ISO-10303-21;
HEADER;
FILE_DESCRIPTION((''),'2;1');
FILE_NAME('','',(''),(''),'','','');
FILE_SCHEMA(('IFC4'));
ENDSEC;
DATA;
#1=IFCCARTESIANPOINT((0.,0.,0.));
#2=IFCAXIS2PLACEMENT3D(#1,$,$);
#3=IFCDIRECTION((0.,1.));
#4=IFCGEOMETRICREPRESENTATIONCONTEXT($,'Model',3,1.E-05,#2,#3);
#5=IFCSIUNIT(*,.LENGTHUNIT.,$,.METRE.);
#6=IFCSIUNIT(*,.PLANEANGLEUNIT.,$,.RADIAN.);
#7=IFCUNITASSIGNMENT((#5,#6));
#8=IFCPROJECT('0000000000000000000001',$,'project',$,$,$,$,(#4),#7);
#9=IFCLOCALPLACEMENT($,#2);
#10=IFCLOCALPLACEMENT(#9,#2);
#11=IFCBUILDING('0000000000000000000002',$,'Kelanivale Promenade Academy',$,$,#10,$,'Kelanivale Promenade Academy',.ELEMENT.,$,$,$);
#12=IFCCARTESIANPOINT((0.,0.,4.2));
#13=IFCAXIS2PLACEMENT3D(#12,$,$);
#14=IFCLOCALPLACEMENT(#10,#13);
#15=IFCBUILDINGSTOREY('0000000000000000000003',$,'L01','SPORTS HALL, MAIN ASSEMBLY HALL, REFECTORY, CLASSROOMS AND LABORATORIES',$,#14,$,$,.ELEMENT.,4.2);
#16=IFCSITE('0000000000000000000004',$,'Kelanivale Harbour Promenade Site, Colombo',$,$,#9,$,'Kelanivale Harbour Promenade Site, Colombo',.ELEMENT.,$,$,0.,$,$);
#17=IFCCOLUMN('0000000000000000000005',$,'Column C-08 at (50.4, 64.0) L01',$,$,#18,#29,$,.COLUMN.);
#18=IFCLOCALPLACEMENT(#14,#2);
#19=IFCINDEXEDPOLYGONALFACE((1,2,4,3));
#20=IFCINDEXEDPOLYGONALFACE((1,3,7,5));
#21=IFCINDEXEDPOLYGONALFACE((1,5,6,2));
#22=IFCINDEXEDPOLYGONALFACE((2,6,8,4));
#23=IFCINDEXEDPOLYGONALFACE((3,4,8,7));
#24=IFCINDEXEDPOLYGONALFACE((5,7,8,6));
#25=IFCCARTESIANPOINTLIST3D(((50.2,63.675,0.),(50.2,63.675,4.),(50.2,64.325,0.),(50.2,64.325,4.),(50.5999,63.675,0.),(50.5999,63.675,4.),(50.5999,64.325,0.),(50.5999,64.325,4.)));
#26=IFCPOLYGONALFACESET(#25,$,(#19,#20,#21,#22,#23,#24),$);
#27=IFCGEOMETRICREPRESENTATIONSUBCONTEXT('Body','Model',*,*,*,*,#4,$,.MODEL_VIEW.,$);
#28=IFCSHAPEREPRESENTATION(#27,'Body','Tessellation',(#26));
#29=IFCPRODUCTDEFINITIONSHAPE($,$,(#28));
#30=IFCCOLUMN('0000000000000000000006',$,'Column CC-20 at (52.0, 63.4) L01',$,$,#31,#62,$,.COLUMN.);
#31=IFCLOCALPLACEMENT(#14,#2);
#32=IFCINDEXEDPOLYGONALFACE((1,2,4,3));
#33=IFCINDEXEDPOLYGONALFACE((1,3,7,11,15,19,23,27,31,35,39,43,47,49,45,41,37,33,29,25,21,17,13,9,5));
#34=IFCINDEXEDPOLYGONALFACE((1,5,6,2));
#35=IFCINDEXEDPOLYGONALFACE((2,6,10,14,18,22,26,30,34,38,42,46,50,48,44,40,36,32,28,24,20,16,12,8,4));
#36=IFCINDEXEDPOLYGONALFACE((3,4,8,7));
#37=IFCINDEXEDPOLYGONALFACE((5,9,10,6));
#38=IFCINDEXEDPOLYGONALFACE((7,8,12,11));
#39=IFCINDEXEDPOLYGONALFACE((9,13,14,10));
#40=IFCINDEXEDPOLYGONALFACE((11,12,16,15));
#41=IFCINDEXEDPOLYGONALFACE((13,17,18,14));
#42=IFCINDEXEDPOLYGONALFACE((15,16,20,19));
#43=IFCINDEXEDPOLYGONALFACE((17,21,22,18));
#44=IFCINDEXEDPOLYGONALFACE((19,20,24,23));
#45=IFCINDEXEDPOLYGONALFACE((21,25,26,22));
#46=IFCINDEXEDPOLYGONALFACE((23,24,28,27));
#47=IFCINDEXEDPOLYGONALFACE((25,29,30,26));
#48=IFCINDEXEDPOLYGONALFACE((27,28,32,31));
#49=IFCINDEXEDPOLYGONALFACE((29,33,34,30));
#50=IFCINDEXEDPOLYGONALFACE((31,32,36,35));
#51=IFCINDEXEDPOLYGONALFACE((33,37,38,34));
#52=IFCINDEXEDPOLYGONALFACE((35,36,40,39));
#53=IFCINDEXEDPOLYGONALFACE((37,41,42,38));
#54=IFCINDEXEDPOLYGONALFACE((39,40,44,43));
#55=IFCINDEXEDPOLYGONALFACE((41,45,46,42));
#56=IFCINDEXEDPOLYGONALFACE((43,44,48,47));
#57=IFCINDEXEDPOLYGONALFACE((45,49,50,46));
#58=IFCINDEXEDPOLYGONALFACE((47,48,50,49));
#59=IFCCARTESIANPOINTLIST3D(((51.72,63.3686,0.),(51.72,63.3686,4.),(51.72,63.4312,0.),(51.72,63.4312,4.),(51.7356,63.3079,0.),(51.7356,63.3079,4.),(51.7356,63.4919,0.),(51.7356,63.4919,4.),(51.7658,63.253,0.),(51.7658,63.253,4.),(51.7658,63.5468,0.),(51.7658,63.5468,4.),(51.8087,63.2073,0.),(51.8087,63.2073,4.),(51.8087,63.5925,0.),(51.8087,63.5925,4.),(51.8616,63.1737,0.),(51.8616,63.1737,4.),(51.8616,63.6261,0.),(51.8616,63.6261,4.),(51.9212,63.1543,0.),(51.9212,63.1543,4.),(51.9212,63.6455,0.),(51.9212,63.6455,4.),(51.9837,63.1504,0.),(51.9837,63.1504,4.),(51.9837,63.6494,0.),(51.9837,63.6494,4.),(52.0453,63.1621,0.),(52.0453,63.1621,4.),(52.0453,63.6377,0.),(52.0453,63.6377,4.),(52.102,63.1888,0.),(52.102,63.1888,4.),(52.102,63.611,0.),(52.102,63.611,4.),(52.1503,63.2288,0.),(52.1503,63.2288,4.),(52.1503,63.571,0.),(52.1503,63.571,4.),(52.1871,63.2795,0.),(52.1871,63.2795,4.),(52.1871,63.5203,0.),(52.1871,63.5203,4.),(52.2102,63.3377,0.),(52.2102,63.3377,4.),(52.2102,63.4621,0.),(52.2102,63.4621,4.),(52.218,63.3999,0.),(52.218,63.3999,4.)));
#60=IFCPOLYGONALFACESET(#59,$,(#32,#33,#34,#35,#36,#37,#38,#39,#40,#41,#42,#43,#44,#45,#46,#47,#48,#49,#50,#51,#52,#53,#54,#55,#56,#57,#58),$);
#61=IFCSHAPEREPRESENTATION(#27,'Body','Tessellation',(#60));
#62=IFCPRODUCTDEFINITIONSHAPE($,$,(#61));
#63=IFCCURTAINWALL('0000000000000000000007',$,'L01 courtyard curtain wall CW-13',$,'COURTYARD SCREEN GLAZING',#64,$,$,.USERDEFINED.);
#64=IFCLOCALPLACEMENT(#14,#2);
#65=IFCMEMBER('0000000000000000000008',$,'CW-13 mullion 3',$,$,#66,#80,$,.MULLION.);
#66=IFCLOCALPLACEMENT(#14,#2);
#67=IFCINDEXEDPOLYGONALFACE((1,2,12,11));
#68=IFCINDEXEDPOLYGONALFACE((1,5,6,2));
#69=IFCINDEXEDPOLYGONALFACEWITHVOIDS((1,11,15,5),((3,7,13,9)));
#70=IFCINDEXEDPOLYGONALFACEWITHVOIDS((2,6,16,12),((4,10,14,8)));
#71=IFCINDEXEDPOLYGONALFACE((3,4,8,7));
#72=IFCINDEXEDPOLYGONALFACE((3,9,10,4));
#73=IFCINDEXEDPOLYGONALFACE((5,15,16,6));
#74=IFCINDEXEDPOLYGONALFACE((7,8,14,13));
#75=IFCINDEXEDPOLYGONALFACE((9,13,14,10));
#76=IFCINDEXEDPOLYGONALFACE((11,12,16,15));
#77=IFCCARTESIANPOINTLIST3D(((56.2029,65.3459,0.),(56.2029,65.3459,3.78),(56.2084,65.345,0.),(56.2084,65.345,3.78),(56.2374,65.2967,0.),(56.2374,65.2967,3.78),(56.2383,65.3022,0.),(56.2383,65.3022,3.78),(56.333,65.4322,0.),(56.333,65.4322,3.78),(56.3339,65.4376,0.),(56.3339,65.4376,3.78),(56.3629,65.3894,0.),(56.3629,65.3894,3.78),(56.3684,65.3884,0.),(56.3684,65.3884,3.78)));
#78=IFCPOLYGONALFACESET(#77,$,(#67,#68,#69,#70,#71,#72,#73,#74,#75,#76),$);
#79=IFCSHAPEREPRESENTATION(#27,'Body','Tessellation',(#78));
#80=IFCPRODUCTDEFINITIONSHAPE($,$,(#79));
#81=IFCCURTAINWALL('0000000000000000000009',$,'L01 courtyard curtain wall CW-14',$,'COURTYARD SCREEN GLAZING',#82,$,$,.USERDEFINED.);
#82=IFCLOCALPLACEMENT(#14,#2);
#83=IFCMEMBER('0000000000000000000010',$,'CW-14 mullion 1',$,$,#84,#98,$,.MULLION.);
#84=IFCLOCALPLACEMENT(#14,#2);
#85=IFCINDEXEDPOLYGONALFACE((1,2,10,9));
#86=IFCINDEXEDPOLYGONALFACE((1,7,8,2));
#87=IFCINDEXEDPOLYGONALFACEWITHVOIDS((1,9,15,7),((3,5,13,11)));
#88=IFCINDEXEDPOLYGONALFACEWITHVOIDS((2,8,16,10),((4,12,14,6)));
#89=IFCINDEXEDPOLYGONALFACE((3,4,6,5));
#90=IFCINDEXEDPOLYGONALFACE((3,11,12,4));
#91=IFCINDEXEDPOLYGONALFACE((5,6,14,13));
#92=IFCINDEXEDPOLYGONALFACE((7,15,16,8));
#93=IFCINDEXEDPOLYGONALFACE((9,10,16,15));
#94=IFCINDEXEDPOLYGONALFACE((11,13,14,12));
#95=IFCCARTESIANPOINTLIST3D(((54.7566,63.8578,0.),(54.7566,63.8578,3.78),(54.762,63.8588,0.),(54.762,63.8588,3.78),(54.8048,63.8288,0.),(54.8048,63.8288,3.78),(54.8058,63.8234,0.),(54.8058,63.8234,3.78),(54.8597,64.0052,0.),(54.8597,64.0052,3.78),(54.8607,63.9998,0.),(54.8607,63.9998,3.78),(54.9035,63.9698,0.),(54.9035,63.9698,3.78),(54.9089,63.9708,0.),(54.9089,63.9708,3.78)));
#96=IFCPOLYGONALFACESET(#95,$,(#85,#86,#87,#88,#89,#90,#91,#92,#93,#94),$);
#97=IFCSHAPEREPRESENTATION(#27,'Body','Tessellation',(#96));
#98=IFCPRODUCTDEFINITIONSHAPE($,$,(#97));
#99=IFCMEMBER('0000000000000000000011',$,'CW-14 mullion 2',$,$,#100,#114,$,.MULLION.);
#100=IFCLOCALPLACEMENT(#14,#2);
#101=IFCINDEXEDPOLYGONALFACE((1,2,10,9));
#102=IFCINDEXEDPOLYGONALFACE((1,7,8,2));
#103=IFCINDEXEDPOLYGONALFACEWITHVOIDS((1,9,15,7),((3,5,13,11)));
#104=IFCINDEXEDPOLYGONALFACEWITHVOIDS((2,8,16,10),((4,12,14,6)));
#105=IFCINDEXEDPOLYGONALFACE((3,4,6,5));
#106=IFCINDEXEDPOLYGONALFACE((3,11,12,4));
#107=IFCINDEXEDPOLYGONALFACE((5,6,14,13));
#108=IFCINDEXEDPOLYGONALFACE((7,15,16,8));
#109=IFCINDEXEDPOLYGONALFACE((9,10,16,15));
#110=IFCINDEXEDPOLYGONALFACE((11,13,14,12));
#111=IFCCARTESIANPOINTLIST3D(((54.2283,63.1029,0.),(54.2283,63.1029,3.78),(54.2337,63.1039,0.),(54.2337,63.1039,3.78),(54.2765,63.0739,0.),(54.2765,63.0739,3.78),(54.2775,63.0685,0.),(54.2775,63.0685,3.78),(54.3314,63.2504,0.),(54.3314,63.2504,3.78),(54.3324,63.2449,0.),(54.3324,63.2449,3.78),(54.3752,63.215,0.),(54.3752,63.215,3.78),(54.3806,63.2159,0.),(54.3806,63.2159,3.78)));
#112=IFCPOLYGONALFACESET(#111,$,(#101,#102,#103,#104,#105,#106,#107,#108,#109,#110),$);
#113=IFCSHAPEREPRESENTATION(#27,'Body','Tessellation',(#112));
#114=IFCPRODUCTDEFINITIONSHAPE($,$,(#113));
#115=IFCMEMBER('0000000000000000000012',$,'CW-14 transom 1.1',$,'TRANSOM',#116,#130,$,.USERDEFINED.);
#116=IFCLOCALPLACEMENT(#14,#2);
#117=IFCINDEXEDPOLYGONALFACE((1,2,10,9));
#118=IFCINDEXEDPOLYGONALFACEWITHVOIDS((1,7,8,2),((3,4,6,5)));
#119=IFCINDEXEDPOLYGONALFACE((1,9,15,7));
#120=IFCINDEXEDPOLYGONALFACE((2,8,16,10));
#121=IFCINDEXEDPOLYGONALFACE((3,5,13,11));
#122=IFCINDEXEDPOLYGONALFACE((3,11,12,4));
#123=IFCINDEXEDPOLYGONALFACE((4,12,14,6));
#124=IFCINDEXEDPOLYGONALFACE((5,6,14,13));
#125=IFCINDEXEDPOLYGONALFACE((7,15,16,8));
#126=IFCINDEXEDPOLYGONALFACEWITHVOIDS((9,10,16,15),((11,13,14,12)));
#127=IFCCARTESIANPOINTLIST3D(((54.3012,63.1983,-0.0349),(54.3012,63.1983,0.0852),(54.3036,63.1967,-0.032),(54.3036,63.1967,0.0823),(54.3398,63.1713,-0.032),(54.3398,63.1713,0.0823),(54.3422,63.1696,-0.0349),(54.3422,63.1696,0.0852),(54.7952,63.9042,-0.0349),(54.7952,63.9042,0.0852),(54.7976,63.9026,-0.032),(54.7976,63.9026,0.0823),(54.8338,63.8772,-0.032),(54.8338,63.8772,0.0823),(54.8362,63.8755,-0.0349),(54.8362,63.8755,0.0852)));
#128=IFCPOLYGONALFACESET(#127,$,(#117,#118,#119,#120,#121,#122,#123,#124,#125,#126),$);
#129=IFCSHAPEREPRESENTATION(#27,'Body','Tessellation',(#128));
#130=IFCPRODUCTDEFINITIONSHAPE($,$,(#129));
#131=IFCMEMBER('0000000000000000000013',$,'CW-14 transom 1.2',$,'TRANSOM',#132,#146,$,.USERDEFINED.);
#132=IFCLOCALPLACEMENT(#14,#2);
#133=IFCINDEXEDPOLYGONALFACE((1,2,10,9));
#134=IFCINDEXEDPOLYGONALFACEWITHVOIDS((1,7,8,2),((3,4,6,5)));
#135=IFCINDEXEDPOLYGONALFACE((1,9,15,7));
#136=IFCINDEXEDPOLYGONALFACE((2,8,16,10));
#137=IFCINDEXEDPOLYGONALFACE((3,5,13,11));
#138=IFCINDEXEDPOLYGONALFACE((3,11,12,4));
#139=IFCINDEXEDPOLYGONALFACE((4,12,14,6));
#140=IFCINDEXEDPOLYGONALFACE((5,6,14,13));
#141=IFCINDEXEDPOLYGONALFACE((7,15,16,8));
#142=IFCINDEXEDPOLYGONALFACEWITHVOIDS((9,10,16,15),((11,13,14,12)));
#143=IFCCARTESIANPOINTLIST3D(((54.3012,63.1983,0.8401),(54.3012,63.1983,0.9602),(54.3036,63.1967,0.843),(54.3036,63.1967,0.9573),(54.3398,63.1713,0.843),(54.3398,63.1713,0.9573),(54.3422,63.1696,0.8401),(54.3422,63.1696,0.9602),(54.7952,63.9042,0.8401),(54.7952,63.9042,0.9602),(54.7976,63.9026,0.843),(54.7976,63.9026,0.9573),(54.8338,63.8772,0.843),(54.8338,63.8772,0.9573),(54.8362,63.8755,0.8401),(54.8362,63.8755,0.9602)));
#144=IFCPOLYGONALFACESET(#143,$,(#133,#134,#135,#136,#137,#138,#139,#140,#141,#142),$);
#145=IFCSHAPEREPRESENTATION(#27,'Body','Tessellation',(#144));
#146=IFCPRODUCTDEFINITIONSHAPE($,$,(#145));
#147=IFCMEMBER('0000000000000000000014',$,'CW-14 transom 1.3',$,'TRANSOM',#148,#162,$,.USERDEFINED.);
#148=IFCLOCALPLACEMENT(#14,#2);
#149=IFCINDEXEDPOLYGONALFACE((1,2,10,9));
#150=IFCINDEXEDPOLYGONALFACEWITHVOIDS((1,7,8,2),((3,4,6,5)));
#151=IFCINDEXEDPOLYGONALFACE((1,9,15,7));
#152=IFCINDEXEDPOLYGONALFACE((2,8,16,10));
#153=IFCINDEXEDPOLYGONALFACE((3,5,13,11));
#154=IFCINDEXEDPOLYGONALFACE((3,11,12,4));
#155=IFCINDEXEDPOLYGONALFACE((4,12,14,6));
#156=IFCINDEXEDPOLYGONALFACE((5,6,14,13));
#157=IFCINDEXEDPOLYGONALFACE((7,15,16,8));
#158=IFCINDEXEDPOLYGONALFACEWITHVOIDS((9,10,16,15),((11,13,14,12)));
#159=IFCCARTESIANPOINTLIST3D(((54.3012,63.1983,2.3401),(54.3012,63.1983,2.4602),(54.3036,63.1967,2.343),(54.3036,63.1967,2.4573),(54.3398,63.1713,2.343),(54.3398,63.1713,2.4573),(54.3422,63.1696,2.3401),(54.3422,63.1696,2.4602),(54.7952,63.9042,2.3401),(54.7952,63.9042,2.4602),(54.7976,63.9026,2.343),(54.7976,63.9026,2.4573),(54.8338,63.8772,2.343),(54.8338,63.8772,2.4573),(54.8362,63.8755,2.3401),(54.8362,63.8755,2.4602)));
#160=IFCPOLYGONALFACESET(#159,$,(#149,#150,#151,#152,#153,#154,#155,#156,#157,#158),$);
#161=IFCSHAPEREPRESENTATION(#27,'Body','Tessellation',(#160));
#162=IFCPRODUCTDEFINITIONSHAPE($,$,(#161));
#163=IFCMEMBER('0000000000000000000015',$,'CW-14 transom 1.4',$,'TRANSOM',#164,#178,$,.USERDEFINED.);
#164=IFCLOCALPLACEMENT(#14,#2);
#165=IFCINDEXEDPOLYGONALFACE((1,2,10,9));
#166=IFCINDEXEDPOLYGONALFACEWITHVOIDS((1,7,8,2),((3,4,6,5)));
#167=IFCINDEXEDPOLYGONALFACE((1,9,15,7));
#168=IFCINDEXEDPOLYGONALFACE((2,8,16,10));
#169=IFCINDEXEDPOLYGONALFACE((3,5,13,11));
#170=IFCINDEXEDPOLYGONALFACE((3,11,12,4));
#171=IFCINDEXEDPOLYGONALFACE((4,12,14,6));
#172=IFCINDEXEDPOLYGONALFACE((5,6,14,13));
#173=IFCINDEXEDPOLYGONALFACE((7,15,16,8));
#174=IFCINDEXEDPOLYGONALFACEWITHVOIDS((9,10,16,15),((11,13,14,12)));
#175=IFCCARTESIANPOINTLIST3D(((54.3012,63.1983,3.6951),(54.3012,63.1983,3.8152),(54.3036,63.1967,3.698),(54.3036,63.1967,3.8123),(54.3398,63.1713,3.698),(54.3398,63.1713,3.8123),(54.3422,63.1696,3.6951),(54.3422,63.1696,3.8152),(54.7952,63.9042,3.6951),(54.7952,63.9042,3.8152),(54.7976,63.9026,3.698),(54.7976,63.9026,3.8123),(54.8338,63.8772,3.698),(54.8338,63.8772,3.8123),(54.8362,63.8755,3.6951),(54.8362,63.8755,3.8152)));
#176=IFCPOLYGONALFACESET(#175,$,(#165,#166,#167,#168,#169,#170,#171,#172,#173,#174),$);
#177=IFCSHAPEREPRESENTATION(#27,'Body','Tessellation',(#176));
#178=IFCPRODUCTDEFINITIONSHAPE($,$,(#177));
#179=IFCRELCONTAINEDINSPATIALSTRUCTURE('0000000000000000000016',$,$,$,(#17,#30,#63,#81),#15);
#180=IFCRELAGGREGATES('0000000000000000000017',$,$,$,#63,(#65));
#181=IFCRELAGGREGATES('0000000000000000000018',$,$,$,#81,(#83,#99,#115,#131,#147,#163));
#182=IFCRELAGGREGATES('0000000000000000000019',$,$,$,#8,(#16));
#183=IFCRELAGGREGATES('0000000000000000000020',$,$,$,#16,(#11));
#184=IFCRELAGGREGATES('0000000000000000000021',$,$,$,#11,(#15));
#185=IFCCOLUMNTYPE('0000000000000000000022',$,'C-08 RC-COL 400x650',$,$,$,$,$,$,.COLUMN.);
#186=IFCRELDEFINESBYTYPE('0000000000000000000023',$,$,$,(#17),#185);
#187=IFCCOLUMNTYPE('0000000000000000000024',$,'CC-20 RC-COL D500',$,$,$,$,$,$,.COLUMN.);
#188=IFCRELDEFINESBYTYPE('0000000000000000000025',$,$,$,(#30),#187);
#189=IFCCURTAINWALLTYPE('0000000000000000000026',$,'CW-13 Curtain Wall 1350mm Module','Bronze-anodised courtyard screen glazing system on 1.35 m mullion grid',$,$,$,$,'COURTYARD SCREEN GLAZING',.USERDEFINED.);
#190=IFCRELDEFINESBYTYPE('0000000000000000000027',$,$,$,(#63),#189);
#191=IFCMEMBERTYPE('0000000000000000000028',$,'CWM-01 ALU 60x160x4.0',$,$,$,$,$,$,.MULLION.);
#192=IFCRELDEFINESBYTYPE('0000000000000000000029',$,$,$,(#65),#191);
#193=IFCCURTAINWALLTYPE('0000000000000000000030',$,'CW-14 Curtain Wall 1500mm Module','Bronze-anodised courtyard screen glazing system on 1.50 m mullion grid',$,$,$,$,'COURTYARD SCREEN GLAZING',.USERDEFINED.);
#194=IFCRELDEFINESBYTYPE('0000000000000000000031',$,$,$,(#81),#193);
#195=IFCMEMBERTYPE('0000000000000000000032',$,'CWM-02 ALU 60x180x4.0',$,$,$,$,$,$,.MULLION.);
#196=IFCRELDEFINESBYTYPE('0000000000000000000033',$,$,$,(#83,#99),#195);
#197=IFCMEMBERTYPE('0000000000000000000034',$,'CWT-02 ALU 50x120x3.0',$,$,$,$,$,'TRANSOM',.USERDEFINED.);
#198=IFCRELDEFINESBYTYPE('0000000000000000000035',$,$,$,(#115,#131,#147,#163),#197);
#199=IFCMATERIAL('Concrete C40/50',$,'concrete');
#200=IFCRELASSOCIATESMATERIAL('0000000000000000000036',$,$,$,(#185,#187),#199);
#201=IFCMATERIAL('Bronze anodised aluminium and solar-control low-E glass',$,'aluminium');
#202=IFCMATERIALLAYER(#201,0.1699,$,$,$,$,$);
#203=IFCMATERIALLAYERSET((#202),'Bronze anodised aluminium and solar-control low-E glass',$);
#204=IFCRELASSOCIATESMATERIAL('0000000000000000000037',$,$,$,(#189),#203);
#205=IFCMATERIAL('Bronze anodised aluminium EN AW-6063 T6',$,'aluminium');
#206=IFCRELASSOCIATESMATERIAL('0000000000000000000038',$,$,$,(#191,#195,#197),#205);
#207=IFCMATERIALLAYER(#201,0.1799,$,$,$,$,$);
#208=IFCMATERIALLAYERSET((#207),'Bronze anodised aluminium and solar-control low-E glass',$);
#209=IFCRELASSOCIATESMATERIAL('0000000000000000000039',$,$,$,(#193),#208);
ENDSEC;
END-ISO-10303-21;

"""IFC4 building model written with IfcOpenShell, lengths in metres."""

from ifc_helpers import new_model, si_unit, direction, frame, origin, origin_2d, place, context, subcontext, project, spatial, rectangle, hollow_rectangle, circle, extrude, material, layer, layer_set, material_profile, profile_set, type_object, element, aggregate, save


model = new_model("IFC4")

# Units and contexts
model_context = context("Model", 3, precision=1e-05, world=origin(), true_north=direction((0.0, 1.0)))
body_context = subcontext(model_context, "Body", "Model", "MODEL_VIEW")
ifc_project = project(units=[si_unit("LENGTHUNIT", "METRE"), si_unit("PLANEANGLEUNIT", "RADIAN")], contexts=[model_context])

# Site, building, storey
site_placement = place(None, origin())
site = spatial("IfcSite", under=ifc_project, at=site_placement, Name="Kelanivale Harbour Promenade Site, Colombo", LongName="Kelanivale Harbour Promenade Site, Colombo", CompositionType="ELEMENT", RefElevation=0.0)
building_placement = place(site_placement, origin())
building = spatial("IfcBuilding", under=site, at=building_placement, Name="Kelanivale Promenade Academy", LongName="Kelanivale Promenade Academy", CompositionType="ELEMENT")
storey_placement = place(building_placement, frame((0.0, 0.0, 4.2)))
storey = spatial("IfcBuildingStorey", under=building, at=storey_placement, Name="L01", Description="SPORTS HALL, MAIN ASSEMBLY HALL, REFECTORY, CLASSROOMS AND LABORATORIES", CompositionType="ELEMENT", Elevation=4.2)

# Columns
ifc_material_1 = material(Name="Concrete C40/50", Category="concrete")
ifc_material_profile_1 = material_profile(ifc_material_1, rectangle(XDim=0.3999, YDim=0.6499, at=origin_2d()), Name="RC-COL 400x650")
ifc_profile_set_1 = profile_set([ifc_material_profile_1], Name="Concrete C40/50")
column_type_1 = type_object("IfcColumnType", Name="C-08 RC-COL 400x650", PredefinedType="COLUMN", material=ifc_profile_set_1)
column_1_placement = place(storey_placement, frame((50.3999, 64.0, 0.0), z_axis=(0.0, 0.0, 1.0), x_axis=(1.0, 0.0, 0.0)))
element("IfcColumn", 1, at=column_1_placement, inside=storey, type_object=column_type_1, Name="Column C-08 at (50.4, 64.0) L01", PredefinedType="COLUMN", context=body_context, shape_type="SweptSolid", body=[
    extrude(rectangle(XDim=0.3999, YDim=0.6499, at=origin_2d()), origin(), (0.0, 0.0, 1.0), 4.0),
])
ifc_material_profile_2 = material_profile(ifc_material_1, circle(Radius=0.25, at=origin_2d()), Name="RC-COL D500")
ifc_profile_set_2 = profile_set([ifc_material_profile_2], Name="Concrete C40/50")
column_type_2 = type_object("IfcColumnType", Name="CC-20 RC-COL D500", PredefinedType="COLUMN", material=ifc_profile_set_2)
column_2_placement = place(storey_placement, frame((51.968, 63.3999, 0.0), z_axis=(0.0, 0.0, 1.0), x_axis=(1.0, 0.0, 0.0)))
element("IfcColumn", 2, at=column_2_placement, inside=storey, type_object=column_type_2, Name="Column CC-20 at (52.0, 63.4) L01", PredefinedType="COLUMN", context=body_context, shape_type="SweptSolid", body=[
    extrude(circle(Radius=0.25, at=origin_2d()), origin(), (0.0, 0.0, 1.0), 4.0),
])

# Curtain wall, member
ifc_material_2 = material(Name="Bronze anodised aluminium and solar-control low-E glass", Category="aluminium")
ifc_layer_1 = layer(ifc_material_2, 0.1699)
ifc_layer_set_1 = layer_set([ifc_layer_1], Name="Bronze anodised aluminium and solar-control low-E glass")
curtain_wall_type_1 = type_object("IfcCurtainWallType", Name="CW-13 Curtain Wall 1350mm Module", Description="Bronze-anodised courtyard screen glazing system on 1.35 m mullion grid", ElementType="COURTYARD SCREEN GLAZING", PredefinedType="USERDEFINED", material=ifc_layer_set_1)
curtain_wall_1_placement = place(storey_placement, origin())
curtain_wall_1 = element("IfcCurtainWall", 3, at=curtain_wall_1_placement, inside=storey, type_object=curtain_wall_type_1, Name="L01 courtyard curtain wall CW-13", ObjectType="COURTYARD SCREEN GLAZING", PredefinedType="USERDEFINED")
ifc_material_3 = material(Name="Bronze anodised aluminium EN AW-6063 T6", Category="aluminium")
ifc_material_profile_3 = material_profile(ifc_material_3, hollow_rectangle(XDim=0.0601, YDim=0.1599, WallThickness=0.0039, at=origin_2d()), Name="ALU 60x160x4.0")
ifc_profile_set_3 = profile_set([ifc_material_profile_3], Name="Bronze anodised aluminium EN AW-6063 T6")
member_type_1 = type_object("IfcMemberType", Name="CWM-01 ALU 60x160x4.0", PredefinedType="MULLION", material=ifc_profile_set_3)
member_1_placement = place(storey_placement, frame((56.2856, 65.3672, 0.0), z_axis=(0.0, 0.0, 1.0), x_axis=(0.573357, -0.819306, 0.0)))
member_1 = element("IfcMember", 4, at=member_1_placement, type_object=member_type_1, Name="CW-13 mullion 3", PredefinedType="MULLION", context=body_context, shape_type="SweptSolid", body=[
    extrude(hollow_rectangle(XDim=0.0601, YDim=0.1599, WallThickness=0.0039, at=origin_2d()), origin(), (0.0, 0.0, 1.0), 3.78),
])
aggregate(curtain_wall_1, [member_1])

# Curtain wall, members
ifc_layer_2 = layer(ifc_material_2, 0.1799)
ifc_layer_set_2 = layer_set([ifc_layer_2], Name="Bronze anodised aluminium and solar-control low-E glass")
curtain_wall_type_2 = type_object("IfcCurtainWallType", Name="CW-14 Curtain Wall 1500mm Module", Description="Bronze-anodised courtyard screen glazing system on 1.50 m mullion grid", ElementType="COURTYARD SCREEN GLAZING", PredefinedType="USERDEFINED", material=ifc_layer_set_2)
curtain_wall_2_placement = place(storey_placement, origin())
curtain_wall_2 = element("IfcCurtainWall", 5, at=curtain_wall_2_placement, inside=storey, type_object=curtain_wall_type_2, Name="L01 courtyard curtain wall CW-14", ObjectType="COURTYARD SCREEN GLAZING", PredefinedType="USERDEFINED")
ifc_material_profile_4 = material_profile(ifc_material_3, hollow_rectangle(XDim=0.0601, YDim=0.1799, WallThickness=0.0039, at=origin_2d()), Name="ALU 60x180x4.0")
ifc_profile_set_4 = profile_set([ifc_material_profile_4], Name="Bronze anodised aluminium EN AW-6063 T6")
member_type_2 = type_object("IfcMemberType", Name="CWM-02 ALU 60x180x4.0", PredefinedType="MULLION", material=ifc_profile_set_4)
member_2_placement = place(storey_placement, frame((54.8328, 63.9143, 0.0), z_axis=(0.0, 0.0, 1.0), x_axis=(0.819306, -0.573357, 0.0)))
member_2 = element("IfcMember", 6, at=member_2_placement, type_object=member_type_2, Name="CW-14 mullion 1", PredefinedType="MULLION", context=body_context, shape_type="SweptSolid", body=[
    extrude(hollow_rectangle(XDim=0.0601, YDim=0.1799, WallThickness=0.0039, at=origin_2d()), origin(), (0.0, 0.0, 1.0), 3.78),
])
member_3_placement = place(storey_placement, frame((54.3044, 63.1594, 0.0), z_axis=(0.0, 0.0, 1.0), x_axis=(0.819306, -0.573357, 0.0)))
member_3 = element("IfcMember", 7, at=member_3_placement, type_object=member_type_2, Name="CW-14 mullion 2", PredefinedType="MULLION", context=body_context, shape_type="SweptSolid", body=[
    extrude(hollow_rectangle(XDim=0.0601, YDim=0.1799, WallThickness=0.0039, at=origin_2d()), origin(), (0.0, 0.0, 1.0), 3.78),
])
ifc_material_profile_5 = material_profile(ifc_material_3, hollow_rectangle(XDim=0.05, YDim=0.1201, WallThickness=0.0029, at=origin_2d()), Name="ALU 50x120x3.0")
ifc_profile_set_5 = profile_set([ifc_material_profile_5], Name="Bronze anodised aluminium EN AW-6063 T6")
member_type_3 = type_object("IfcMemberType", Name="CWT-02 ALU 50x120x3.0", ElementType="TRANSOM", PredefinedType="USERDEFINED", material=ifc_profile_set_5)
member_4_placement = place(storey_placement, frame((54.8157, 63.8899, 0.0251), z_axis=(-0.573329, -0.819325, 0.0), x_axis=(0.819325, -0.573329, 0.0)))
member_4 = element("IfcMember", 8, at=member_4_placement, type_object=member_type_3, Name="CW-14 transom 1.1", ObjectType="TRANSOM", PredefinedType="USERDEFINED", context=body_context, shape_type="SweptSolid", body=[
    extrude(hollow_rectangle(XDim=0.05, YDim=0.1201, WallThickness=0.0029, at=origin_2d()), origin(), (0.0, 0.0, 1.0), 0.8616),
])
member_5_placement = place(storey_placement, frame((54.8157, 63.8899, 0.9001), z_axis=(-0.573329, -0.819325, 0.0), x_axis=(0.819325, -0.573329, 0.0)))
member_5 = element("IfcMember", 9, at=member_5_placement, type_object=member_type_3, Name="CW-14 transom 1.2", ObjectType="TRANSOM", PredefinedType="USERDEFINED", context=body_context, shape_type="SweptSolid", body=[
    extrude(hollow_rectangle(XDim=0.05, YDim=0.1201, WallThickness=0.0029, at=origin_2d()), origin(), (0.0, 0.0, 1.0), 0.8616),
])
member_6_placement = place(storey_placement, frame((54.8157, 63.8899, 2.4001), z_axis=(-0.573329, -0.819325, 0.0), x_axis=(0.819325, -0.573329, 0.0)))
member_6 = element("IfcMember", 10, at=member_6_placement, type_object=member_type_3, Name="CW-14 transom 1.3", ObjectType="TRANSOM", PredefinedType="USERDEFINED", context=body_context, shape_type="SweptSolid", body=[
    extrude(hollow_rectangle(XDim=0.05, YDim=0.1201, WallThickness=0.0029, at=origin_2d()), origin(), (0.0, 0.0, 1.0), 0.8616),
])
member_7_placement = place(storey_placement, frame((54.8157, 63.8899, 3.7551), z_axis=(-0.573329, -0.819325, 0.0), x_axis=(0.819325, -0.573329, 0.0)))
member_7 = element("IfcMember", 11, at=member_7_placement, type_object=member_type_3, Name="CW-14 transom 1.4", ObjectType="TRANSOM", PredefinedType="USERDEFINED", context=body_context, shape_type="SweptSolid", body=[
    extrude(hollow_rectangle(XDim=0.05, YDim=0.1201, WallThickness=0.0029, at=origin_2d()), origin(), (0.0, 0.0, 1.0), 0.8616),
])
aggregate(curtain_wall_2, [member_2, member_3, member_4, member_5, member_6, member_7])

save(model, "model.ifc")
